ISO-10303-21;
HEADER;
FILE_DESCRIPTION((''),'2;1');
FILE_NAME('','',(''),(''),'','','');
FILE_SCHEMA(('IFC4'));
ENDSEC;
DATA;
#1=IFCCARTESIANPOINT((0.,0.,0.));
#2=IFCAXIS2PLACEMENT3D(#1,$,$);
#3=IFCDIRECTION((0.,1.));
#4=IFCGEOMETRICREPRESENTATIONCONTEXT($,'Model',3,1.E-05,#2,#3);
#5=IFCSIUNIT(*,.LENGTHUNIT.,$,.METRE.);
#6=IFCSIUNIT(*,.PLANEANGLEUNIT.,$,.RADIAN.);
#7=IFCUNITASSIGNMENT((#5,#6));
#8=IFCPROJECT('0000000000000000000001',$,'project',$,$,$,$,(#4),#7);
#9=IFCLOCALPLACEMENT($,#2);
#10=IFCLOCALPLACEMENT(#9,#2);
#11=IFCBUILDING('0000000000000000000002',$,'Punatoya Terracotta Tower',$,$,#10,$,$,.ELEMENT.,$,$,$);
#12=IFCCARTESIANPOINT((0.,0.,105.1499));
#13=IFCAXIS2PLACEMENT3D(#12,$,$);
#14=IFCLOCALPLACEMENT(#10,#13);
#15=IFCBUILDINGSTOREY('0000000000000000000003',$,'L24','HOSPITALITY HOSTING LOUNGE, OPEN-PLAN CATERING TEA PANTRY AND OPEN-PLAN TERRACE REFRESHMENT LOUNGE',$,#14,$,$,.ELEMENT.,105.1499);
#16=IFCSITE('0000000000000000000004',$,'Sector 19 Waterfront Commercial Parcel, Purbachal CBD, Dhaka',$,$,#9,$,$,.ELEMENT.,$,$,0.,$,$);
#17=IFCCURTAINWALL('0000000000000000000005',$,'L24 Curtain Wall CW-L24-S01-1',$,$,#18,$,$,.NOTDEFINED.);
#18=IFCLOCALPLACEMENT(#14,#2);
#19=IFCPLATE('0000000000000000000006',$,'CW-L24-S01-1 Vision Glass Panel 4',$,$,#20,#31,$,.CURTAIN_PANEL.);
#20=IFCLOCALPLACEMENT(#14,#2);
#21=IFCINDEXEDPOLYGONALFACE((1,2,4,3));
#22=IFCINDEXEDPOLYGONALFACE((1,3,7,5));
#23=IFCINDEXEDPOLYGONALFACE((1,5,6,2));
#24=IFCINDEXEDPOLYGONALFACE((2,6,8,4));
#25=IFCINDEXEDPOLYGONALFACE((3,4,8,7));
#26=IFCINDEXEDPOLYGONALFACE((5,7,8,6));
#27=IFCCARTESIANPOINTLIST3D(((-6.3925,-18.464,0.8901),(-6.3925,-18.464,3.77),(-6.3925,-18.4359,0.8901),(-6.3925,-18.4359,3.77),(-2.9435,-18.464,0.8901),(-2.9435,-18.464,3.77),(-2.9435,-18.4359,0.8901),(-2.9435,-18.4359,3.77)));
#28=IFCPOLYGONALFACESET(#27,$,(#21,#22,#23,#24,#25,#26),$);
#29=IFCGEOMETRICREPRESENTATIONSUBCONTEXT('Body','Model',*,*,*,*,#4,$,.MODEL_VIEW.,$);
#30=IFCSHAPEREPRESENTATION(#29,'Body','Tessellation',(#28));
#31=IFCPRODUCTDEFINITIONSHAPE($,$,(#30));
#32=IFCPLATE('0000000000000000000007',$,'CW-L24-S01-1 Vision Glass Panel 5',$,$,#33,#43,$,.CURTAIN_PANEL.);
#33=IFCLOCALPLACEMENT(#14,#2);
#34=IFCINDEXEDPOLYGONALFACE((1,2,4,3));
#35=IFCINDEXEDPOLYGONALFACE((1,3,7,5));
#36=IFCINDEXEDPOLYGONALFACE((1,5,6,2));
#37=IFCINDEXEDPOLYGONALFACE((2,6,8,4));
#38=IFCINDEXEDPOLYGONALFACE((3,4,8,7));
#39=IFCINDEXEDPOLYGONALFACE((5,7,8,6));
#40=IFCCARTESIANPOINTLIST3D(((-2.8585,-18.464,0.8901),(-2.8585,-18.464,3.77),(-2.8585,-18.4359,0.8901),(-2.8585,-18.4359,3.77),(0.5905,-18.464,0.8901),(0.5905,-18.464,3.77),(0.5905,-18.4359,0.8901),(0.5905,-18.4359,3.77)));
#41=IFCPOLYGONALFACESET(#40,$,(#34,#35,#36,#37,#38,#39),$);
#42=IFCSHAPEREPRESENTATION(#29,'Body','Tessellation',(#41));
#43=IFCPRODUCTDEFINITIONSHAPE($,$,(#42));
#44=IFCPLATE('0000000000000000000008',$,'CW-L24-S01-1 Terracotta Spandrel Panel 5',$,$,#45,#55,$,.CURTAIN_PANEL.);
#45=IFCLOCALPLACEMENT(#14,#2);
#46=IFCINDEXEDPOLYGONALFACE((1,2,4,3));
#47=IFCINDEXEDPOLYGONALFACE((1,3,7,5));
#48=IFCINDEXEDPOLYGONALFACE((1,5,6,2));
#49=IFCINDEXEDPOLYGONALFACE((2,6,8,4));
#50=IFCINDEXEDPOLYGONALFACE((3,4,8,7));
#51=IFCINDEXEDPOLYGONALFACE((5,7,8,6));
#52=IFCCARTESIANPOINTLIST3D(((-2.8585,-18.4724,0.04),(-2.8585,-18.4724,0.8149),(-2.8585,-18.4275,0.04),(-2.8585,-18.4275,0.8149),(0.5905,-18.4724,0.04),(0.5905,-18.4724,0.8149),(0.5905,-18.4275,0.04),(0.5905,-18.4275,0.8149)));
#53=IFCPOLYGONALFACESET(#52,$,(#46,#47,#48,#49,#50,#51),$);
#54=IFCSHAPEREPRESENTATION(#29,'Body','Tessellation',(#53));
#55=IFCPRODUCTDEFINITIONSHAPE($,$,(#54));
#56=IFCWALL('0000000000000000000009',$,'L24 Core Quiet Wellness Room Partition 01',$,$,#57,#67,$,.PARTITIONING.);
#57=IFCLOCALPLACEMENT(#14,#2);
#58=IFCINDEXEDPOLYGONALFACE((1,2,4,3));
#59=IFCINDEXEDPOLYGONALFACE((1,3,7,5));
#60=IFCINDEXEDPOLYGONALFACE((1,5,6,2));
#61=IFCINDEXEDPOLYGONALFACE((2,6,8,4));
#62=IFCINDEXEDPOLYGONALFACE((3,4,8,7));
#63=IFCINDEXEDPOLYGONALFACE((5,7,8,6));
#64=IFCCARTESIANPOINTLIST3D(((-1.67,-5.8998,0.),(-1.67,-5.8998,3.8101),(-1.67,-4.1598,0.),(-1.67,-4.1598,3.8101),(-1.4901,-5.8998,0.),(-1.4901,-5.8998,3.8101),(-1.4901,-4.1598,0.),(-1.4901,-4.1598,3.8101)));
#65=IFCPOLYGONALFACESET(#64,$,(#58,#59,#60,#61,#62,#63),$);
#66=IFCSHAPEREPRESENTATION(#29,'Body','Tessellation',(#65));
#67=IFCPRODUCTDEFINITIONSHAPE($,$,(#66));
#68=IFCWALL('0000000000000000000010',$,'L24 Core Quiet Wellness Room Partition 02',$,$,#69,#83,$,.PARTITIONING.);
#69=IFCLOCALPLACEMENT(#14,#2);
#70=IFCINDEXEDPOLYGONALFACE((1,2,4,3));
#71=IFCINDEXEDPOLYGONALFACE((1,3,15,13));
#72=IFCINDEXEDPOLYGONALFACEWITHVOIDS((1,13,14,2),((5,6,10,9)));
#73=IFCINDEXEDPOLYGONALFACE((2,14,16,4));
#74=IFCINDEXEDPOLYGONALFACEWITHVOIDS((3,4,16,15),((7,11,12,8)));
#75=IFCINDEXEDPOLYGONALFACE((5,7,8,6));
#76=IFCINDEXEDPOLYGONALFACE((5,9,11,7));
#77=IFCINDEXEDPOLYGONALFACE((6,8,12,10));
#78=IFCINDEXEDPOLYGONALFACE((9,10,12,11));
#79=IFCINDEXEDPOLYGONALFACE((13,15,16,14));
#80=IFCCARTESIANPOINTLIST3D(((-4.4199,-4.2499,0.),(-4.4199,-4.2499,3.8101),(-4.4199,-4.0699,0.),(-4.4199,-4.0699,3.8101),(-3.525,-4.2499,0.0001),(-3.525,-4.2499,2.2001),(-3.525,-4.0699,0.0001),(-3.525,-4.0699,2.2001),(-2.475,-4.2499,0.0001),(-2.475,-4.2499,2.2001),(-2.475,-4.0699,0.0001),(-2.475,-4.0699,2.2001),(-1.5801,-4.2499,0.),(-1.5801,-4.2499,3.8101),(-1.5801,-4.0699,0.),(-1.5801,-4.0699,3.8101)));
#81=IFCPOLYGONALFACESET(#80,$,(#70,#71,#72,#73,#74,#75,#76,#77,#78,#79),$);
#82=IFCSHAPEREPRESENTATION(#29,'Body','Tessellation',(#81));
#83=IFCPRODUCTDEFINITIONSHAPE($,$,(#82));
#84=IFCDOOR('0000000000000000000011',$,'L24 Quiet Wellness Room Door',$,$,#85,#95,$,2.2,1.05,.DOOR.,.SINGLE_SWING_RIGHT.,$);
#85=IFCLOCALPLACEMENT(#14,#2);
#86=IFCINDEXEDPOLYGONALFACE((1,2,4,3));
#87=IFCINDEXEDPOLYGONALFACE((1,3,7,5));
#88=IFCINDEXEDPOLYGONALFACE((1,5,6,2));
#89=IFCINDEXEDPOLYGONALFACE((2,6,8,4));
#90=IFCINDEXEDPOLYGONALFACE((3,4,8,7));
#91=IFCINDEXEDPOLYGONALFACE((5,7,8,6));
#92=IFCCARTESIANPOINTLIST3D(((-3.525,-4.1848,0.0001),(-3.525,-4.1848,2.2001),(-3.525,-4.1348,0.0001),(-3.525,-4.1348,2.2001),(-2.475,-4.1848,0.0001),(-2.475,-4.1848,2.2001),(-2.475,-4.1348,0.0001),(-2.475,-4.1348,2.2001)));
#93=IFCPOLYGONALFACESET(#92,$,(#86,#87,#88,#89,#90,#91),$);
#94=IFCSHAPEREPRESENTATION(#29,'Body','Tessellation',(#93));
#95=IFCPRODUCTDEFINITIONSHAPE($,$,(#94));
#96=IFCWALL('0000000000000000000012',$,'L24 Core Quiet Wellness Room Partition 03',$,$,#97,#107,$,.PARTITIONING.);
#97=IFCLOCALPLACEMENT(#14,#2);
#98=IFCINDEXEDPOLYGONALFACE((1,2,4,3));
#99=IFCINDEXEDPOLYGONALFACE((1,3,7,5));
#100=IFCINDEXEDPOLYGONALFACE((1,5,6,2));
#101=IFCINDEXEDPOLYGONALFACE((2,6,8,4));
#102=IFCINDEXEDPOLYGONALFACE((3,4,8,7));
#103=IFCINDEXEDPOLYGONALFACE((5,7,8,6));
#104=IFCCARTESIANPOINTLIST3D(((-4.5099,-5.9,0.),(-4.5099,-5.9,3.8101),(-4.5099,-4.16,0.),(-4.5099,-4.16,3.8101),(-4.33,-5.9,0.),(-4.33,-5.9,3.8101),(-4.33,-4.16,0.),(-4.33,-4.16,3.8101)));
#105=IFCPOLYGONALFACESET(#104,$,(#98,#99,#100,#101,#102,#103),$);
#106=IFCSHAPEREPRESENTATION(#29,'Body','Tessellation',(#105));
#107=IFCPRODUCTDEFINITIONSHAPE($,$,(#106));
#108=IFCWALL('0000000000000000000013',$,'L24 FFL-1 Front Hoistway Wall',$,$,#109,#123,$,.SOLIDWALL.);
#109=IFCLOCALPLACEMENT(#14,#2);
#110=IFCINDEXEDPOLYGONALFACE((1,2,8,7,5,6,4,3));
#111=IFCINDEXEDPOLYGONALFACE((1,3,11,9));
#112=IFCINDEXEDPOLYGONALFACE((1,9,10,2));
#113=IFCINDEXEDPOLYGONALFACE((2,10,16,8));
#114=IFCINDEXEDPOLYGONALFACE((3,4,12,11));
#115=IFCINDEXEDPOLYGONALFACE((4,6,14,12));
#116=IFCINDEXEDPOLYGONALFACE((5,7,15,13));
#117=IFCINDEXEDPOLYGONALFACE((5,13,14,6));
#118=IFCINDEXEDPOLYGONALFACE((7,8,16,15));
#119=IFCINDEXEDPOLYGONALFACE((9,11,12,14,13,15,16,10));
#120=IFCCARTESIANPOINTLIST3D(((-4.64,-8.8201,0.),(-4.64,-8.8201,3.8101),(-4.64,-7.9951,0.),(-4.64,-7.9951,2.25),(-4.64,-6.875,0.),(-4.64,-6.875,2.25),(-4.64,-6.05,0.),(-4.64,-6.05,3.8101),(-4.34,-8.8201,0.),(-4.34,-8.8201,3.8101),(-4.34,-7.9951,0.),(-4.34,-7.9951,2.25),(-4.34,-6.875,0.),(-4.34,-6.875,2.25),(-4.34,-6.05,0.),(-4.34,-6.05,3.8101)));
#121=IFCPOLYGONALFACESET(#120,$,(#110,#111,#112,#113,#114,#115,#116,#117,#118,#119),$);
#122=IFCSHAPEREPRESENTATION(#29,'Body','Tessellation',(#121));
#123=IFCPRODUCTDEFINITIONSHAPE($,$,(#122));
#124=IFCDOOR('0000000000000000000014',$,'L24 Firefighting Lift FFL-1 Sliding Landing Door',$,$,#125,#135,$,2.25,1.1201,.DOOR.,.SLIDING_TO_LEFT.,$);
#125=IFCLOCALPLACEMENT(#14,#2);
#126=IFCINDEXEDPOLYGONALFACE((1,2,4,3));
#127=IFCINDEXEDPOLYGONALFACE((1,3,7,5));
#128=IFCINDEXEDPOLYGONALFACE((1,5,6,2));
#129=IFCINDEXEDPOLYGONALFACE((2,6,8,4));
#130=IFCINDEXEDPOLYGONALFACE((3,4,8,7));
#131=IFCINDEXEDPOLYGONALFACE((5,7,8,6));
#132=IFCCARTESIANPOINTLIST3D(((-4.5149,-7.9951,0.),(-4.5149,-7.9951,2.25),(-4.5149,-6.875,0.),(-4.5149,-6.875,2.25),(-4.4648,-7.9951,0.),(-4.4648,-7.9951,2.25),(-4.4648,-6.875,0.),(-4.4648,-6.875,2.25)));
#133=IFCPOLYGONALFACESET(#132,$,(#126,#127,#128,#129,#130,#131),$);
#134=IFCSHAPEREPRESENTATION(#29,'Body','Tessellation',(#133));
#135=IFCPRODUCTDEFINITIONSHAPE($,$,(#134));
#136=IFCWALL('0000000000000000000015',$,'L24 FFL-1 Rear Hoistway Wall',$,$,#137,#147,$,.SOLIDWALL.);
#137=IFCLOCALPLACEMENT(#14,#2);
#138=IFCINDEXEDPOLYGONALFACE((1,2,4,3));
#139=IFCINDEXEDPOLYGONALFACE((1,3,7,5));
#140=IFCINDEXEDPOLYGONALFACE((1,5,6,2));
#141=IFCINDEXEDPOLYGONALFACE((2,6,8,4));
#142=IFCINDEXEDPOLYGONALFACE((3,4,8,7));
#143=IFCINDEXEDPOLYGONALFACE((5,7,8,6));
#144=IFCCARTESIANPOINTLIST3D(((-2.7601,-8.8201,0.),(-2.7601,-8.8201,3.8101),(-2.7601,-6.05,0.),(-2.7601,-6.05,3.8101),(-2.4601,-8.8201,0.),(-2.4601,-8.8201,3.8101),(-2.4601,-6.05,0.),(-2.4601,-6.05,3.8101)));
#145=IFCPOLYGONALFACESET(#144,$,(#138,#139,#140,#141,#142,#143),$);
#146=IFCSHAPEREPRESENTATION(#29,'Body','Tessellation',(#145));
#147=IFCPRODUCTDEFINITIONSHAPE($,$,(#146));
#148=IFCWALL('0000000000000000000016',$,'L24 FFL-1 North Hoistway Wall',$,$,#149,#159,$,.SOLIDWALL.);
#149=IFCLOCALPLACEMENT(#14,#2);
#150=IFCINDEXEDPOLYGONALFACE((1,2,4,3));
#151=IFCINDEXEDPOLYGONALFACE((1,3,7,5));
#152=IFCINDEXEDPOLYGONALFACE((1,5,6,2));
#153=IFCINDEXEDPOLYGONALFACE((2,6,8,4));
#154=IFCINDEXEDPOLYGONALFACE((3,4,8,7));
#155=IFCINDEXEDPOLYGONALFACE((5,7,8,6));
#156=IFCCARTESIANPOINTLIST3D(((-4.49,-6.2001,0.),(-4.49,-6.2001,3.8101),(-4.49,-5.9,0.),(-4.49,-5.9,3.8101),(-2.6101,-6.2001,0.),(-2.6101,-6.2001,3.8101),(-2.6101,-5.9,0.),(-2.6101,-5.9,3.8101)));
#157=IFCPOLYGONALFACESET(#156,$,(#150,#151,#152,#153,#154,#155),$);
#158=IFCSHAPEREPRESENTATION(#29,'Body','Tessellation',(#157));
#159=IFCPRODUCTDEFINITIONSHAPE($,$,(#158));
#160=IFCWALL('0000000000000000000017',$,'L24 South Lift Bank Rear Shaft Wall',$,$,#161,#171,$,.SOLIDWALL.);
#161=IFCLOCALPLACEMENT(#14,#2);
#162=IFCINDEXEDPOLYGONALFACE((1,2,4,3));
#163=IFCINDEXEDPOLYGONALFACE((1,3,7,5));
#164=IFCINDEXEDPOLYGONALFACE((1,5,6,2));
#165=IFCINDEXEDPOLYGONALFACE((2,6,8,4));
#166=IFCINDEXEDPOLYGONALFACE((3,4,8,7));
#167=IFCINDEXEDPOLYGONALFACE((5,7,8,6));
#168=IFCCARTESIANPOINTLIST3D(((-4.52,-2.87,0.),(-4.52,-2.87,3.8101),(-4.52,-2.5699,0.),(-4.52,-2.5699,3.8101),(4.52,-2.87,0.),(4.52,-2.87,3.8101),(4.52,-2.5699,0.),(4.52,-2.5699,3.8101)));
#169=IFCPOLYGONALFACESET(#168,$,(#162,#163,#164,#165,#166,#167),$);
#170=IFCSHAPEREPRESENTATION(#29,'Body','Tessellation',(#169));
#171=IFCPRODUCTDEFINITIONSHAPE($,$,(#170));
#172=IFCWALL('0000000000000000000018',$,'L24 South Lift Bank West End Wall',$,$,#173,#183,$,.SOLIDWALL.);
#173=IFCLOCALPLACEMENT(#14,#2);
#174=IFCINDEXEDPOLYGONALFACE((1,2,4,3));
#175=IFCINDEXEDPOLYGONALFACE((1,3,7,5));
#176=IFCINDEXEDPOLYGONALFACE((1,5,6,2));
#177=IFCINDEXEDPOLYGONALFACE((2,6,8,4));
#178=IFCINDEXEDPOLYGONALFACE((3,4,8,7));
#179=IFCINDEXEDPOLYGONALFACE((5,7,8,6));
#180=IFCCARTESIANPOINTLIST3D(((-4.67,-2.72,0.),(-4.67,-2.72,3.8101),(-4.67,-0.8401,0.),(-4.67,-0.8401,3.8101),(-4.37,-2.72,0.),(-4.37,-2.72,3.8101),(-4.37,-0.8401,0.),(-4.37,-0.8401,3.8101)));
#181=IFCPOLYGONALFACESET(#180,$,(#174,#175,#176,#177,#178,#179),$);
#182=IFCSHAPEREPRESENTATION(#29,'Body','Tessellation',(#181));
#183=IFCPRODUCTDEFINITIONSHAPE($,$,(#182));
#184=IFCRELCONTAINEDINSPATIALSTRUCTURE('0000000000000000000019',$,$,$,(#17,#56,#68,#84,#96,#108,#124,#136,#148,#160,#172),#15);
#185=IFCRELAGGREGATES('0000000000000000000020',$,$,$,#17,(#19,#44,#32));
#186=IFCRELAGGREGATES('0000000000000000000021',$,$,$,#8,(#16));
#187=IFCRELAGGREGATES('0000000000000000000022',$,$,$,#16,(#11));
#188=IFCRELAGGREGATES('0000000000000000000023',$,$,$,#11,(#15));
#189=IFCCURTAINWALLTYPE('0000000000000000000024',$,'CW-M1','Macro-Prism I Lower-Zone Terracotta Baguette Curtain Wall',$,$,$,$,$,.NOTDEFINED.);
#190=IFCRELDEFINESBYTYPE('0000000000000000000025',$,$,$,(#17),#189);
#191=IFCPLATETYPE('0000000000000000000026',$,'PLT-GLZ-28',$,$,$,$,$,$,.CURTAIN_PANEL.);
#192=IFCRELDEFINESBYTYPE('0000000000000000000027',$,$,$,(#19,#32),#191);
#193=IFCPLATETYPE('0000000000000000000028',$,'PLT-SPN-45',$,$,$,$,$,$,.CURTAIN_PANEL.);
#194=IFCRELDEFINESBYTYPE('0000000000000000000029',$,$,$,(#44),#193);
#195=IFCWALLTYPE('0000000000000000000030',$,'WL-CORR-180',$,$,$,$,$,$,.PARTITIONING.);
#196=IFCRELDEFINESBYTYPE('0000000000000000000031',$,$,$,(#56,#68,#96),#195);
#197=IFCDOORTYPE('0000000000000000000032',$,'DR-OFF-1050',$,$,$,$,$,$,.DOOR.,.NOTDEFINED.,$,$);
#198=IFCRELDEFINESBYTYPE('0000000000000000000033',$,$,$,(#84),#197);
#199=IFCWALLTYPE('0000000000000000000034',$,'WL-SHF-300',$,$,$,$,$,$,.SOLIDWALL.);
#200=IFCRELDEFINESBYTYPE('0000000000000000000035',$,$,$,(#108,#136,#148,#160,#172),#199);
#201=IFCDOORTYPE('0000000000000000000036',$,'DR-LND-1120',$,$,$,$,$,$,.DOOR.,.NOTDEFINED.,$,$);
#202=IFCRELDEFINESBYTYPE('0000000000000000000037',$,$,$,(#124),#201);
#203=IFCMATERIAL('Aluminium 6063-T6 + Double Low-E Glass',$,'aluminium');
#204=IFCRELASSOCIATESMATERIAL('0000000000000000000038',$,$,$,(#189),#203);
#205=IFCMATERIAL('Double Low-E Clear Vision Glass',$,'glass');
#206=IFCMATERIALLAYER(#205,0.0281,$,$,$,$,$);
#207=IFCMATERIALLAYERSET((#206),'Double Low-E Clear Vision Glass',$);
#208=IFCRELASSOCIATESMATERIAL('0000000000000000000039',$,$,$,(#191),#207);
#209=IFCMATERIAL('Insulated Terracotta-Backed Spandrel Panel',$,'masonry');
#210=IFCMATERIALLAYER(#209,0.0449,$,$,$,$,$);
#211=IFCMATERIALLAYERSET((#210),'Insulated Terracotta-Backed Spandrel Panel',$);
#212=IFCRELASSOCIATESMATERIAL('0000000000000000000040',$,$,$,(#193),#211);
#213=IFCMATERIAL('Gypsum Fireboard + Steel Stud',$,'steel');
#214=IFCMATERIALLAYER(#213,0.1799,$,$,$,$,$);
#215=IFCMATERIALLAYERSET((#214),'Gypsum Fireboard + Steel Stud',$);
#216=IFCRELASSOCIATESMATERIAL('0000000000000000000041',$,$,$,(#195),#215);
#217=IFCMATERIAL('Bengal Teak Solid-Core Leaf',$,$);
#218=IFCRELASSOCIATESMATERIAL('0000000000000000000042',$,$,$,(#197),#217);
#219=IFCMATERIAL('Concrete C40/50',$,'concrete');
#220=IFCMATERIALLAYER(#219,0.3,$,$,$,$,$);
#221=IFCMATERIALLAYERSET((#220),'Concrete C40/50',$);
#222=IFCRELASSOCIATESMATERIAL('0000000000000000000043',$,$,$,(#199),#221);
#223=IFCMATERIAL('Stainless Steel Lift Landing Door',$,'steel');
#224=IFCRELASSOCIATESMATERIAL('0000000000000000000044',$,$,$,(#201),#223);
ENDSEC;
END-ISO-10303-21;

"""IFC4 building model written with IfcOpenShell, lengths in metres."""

from ifc_helpers import new_model, si_unit, direction, frame, frame_2d, origin, origin_2d, place, context, subcontext, project, spatial, rectangle, extrude, material, layer, layer_set, type_object, element, fill, aggregate, save


model = new_model("IFC4")

# Units and contexts
model_context = context("Model", 3, precision=1e-05, world=origin(), true_north=direction((0.0, 1.0)))
body_context = subcontext(model_context, "Body", "Model", "MODEL_VIEW")
ifc_project = project(units=[si_unit("LENGTHUNIT", "METRE"), si_unit("PLANEANGLEUNIT", "RADIAN")], contexts=[model_context])

# Site, building, storey
site_placement = place(None, origin())
site = spatial("IfcSite", under=ifc_project, at=site_placement, Name="Sector 19 Waterfront Commercial Parcel, Purbachal CBD, Dhaka", CompositionType="ELEMENT", RefElevation=0.0)
building_placement = place(site_placement, origin())
building = spatial("IfcBuilding", under=site, at=building_placement, Name="Punatoya Terracotta Tower", CompositionType="ELEMENT")
storey_placement = place(building_placement, frame((0.0, 0.0, 105.1499)))
storey = spatial("IfcBuildingStorey", under=building, at=storey_placement, Name="L24", Description="HOSPITALITY HOSTING LOUNGE, OPEN-PLAN CATERING TEA PANTRY AND OPEN-PLAN TERRACE REFRESHMENT LOUNGE", CompositionType="ELEMENT", Elevation=105.1499)

# Curtain wall
ifc_material_1 = material(Name="Aluminium 6063-T6 + Double Low-E Glass", Category="aluminium")
curtain_wall_type = type_object("IfcCurtainWallType", Name="CW-M1", Description="Macro-Prism I Lower-Zone Terracotta Baguette Curtain Wall", PredefinedType="NOTDEFINED", material=ifc_material_1)
curtain_wall_placement = place(storey_placement, origin())
curtain_wall = element("IfcCurtainWall", 1, at=curtain_wall_placement, inside=storey, type_object=curtain_wall_type, Name="L24 Curtain Wall CW-L24-S01-1", PredefinedType="NOTDEFINED")

# Plates
ifc_material_2 = material(Name="Double Low-E Clear Vision Glass", Category="glass")
ifc_layer_1 = layer(ifc_material_2, 0.0281)
ifc_layer_set_1 = layer_set([ifc_layer_1], Name="Double Low-E Clear Vision Glass")
plate_type_1 = type_object("IfcPlateType", Name="PLT-GLZ-28", PredefinedType="CURTAIN_PANEL", material=ifc_layer_set_1)
plate_1_placement = place(storey_placement, frame((-4.668, -18.45, 0.8901), z_axis=(0.0, 0.0, 1.0), x_axis=(1.0, 0.0, 0.0)))
plate_1 = element("IfcPlate", 2, at=plate_1_placement, type_object=plate_type_1, Name="CW-L24-S01-1 Vision Glass Panel 4", PredefinedType="CURTAIN_PANEL", context=body_context, shape_type="SweptSolid", body=[
    extrude(rectangle(XDim=3.449, YDim=0.0281, at=origin_2d()), origin(), (0.0, 0.0, 1.0), 2.8799),
])
plate_2_placement = place(storey_placement, frame((-1.134, -18.45, 0.8901), z_axis=(0.0, 0.0, 1.0), x_axis=(1.0, 0.0, 0.0)))
plate_2 = element("IfcPlate", 3, at=plate_2_placement, type_object=plate_type_1, Name="CW-L24-S01-1 Vision Glass Panel 5", PredefinedType="CURTAIN_PANEL", context=body_context, shape_type="SweptSolid", body=[
    extrude(rectangle(XDim=3.449, YDim=0.0281, at=origin_2d()), origin(), (0.0, 0.0, 1.0), 2.8799),
])
ifc_material_3 = material(Name="Insulated Terracotta-Backed Spandrel Panel", Category="masonry")
ifc_layer_2 = layer(ifc_material_3, 0.0449)
ifc_layer_set_2 = layer_set([ifc_layer_2], Name="Insulated Terracotta-Backed Spandrel Panel")
plate_type_2 = type_object("IfcPlateType", Name="PLT-SPN-45", PredefinedType="CURTAIN_PANEL", material=ifc_layer_set_2)
plate_3_placement = place(storey_placement, frame((-1.134, -18.45, 0.04), z_axis=(0.0, 0.0, 1.0), x_axis=(1.0, 0.0, 0.0)))
plate_3 = element("IfcPlate", 4, at=plate_3_placement, type_object=plate_type_2, Name="CW-L24-S01-1 Terracotta Spandrel Panel 5", PredefinedType="CURTAIN_PANEL", context=body_context, shape_type="SweptSolid", body=[
    extrude(rectangle(XDim=3.449, YDim=0.0449, at=origin_2d()), origin(), (0.0, 0.0, 1.0), 0.7749),
])
aggregate(curtain_wall, [plate_1, plate_3, plate_2])

# Wall
ifc_material_4 = material(Name="Gypsum Fireboard + Steel Stud", Category="steel")
ifc_layer_3 = layer(ifc_material_4, 0.1799)
ifc_layer_set_3 = layer_set([ifc_layer_3], Name="Gypsum Fireboard + Steel Stud")
wall_type_1 = type_object("IfcWallType", Name="WL-CORR-180", PredefinedType="PARTITIONING", material=ifc_layer_set_3)
wall_1_placement = place(storey_placement, frame((-1.5801, -5.8999, 0.0), z_axis=(0.0, 0.0, 1.0), x_axis=(0.0, 1.0, 0.0)))
element("IfcWall", 5, at=wall_1_placement, inside=storey, type_object=wall_type_1, Name="L24 Core Quiet Wellness Room Partition 01", PredefinedType="PARTITIONING", context=body_context, shape_type="SweptSolid", body=[
    extrude(rectangle(XDim=1.74, YDim=0.1799, at=frame_2d((0.8701, 0.0))), origin(), (0.0, 0.0, 1.0), 3.8101),
])

# Wall, opening, door
wall_2_placement = place(storey_placement, frame((-1.5801, -4.1599, 0.0), z_axis=(0.0, 0.0, 1.0), x_axis=(-1.0, 0.0, 0.0)))
wall_2 = element("IfcWall", 6, at=wall_2_placement, inside=storey, type_object=wall_type_1, Name="L24 Core Quiet Wellness Room Partition 02", PredefinedType="PARTITIONING", context=body_context, shape_type="SweptSolid", body=[
    extrude(rectangle(XDim=2.8398, YDim=0.1799, at=frame_2d((1.4199, 0.0))), origin(), (0.0, 0.0, 1.0), 3.8101),
])
opening_1_placement = place(wall_2_placement, frame((0.895, 0.0, 0.0)))
opening_1 = element("IfcOpeningElement", 7, at=opening_1_placement, cuts=wall_2, PredefinedType="OPENING", context=body_context, shape_type="SweptSolid", body=[
    extrude(rectangle(XDim=1.05, YDim=2.2, at=frame_2d((0.5249, 1.1001))), frame((0.0, 0.0999, 0.0), z_axis=(0.0, -1.0, 0.0), x_axis=(1.0, 0.0, 0.0)), (0.0, 0.0, 1.0), 0.2),
])
ifc_material_5 = material(Name="Bengal Teak Solid-Core Leaf")
door_type_1 = type_object("IfcDoorType", Name="DR-OFF-1050", OperationType="NOTDEFINED", PredefinedType="DOOR", material=ifc_material_5)
door_1_placement = place(opening_1_placement, origin())
door_1 = element("IfcDoor", 8, at=door_1_placement, inside=storey, type_object=door_type_1, Name="L24 Quiet Wellness Room Door", OperationType="SINGLE_SWING_RIGHT", OverallHeight=2.2, OverallWidth=1.05, PredefinedType="DOOR", context=body_context, shape_type="SweptSolid", body=[
    extrude(rectangle(XDim=1.05, YDim=2.2, at=frame_2d((0.5249, 1.1001))), frame((0.0, 0.0249, 0.0), z_axis=(0.0, -1.0, 0.0), x_axis=(1.0, 0.0, 0.0)), (0.0, 0.0, 1.0), 0.05),
])
fill(opening_1, door_1)

# Wall
wall_3_placement = place(storey_placement, frame((-4.4199, -4.1599, 0.0), z_axis=(0.0, 0.0, 1.0), x_axis=(0.0, -1.0, 0.0)))
element("IfcWall", 9, at=wall_3_placement, inside=storey, type_object=wall_type_1, Name="L24 Core Quiet Wellness Room Partition 03", PredefinedType="PARTITIONING", context=body_context, shape_type="SweptSolid", body=[
    extrude(rectangle(XDim=1.74, YDim=0.1799, at=frame_2d((0.8701, 0.0))), origin(), (0.0, 0.0, 1.0), 3.8101),
])

# Wall, opening, door
ifc_material_6 = material(Name="Concrete C40/50", Category="concrete")
ifc_layer_4 = layer(ifc_material_6, 0.3)
ifc_layer_set_4 = layer_set([ifc_layer_4], Name="Concrete C40/50")
wall_type_2 = type_object("IfcWallType", Name="WL-SHF-300", PredefinedType="SOLIDWALL", material=ifc_layer_set_4)
wall_4_placement = place(storey_placement, frame((-4.49, -8.8201, 0.0), z_axis=(0.0, 0.0, 1.0), x_axis=(0.0, 1.0, 0.0)))
wall_4 = element("IfcWall", 10, at=wall_4_placement, inside=storey, type_object=wall_type_2, Name="L24 FFL-1 Front Hoistway Wall", PredefinedType="SOLIDWALL", context=body_context, shape_type="SweptSolid", body=[
    extrude(rectangle(XDim=2.77, YDim=0.3, at=frame_2d((1.385, 0.0))), origin(), (0.0, 0.0, 1.0), 3.8101),
])
opening_2_placement = place(wall_4_placement, frame((0.825, 0.0, 0.0)))
opening_2 = element("IfcOpeningElement", 11, at=opening_2_placement, cuts=wall_4, PredefinedType="OPENING", context=body_context, shape_type="SweptSolid", body=[
    extrude(rectangle(XDim=1.1201, YDim=2.25, at=frame_2d((0.5601, 1.125))), frame((0.0, 0.1599, 0.0), z_axis=(0.0, -1.0, 0.0), x_axis=(1.0, 0.0, 0.0)), (0.0, 0.0, 1.0), 0.3201),
])
ifc_material_7 = material(Name="Stainless Steel Lift Landing Door", Category="steel")
door_type_2 = type_object("IfcDoorType", Name="DR-LND-1120", OperationType="NOTDEFINED", PredefinedType="DOOR", material=ifc_material_7)
door_2_placement = place(opening_2_placement, origin())
door_2 = element("IfcDoor", 12, at=door_2_placement, inside=storey, type_object=door_type_2, Name="L24 Firefighting Lift FFL-1 Sliding Landing Door", OperationType="SLIDING_TO_LEFT", OverallHeight=2.25, OverallWidth=1.1201, PredefinedType="DOOR", context=body_context, shape_type="SweptSolid", body=[
    extrude(rectangle(XDim=1.1201, YDim=2.25, at=frame_2d((0.5601, 1.125))), frame((0.0, 0.0249, 0.0), z_axis=(0.0, -1.0, 0.0), x_axis=(1.0, 0.0, 0.0)), (0.0, 0.0, 1.0), 0.05),
])
fill(opening_2, door_2)

# Walls
wall_5_placement = place(storey_placement, frame((-2.6101, -8.8201, 0.0), z_axis=(0.0, 0.0, 1.0), x_axis=(0.0, 1.0, 0.0)))
element("IfcWall", 13, at=wall_5_placement, inside=storey, type_object=wall_type_2, Name="L24 FFL-1 Rear Hoistway Wall", PredefinedType="SOLIDWALL", context=body_context, shape_type="SweptSolid", body=[
    extrude(rectangle(XDim=2.77, YDim=0.3, at=frame_2d((1.385, 0.0))), origin(), (0.0, 0.0, 1.0), 3.8101),
])
wall_6_placement = place(storey_placement, frame((-4.49, -6.05, 0.0), z_axis=(0.0, 0.0, 1.0), x_axis=(1.0, 0.0, 0.0)))
element("IfcWall", 14, at=wall_6_placement, inside=storey, type_object=wall_type_2, Name="L24 FFL-1 North Hoistway Wall", PredefinedType="SOLIDWALL", context=body_context, shape_type="SweptSolid", body=[
    extrude(rectangle(XDim=1.8799, YDim=0.3, at=frame_2d((0.9399, 0.0))), origin(), (0.0, 0.0, 1.0), 3.8101),
])
wall_7_placement = place(storey_placement, frame((-4.52, -2.72, 0.0), z_axis=(0.0, 0.0, 1.0), x_axis=(1.0, 0.0, 0.0)))
element("IfcWall", 15, at=wall_7_placement, inside=storey, type_object=wall_type_2, Name="L24 South Lift Bank Rear Shaft Wall", PredefinedType="SOLIDWALL", context=body_context, shape_type="SweptSolid", body=[
    extrude(rectangle(XDim=9.04, YDim=0.3, at=frame_2d((4.52, 0.0))), origin(), (0.0, 0.0, 1.0), 3.8101),
])
wall_8_placement = place(storey_placement, frame((-4.52, -2.72, 0.0), z_axis=(0.0, 0.0, 1.0), x_axis=(0.0, 1.0, 0.0)))
element("IfcWall", 16, at=wall_8_placement, inside=storey, type_object=wall_type_2, Name="L24 South Lift Bank West End Wall", PredefinedType="SOLIDWALL", context=body_context, shape_type="SweptSolid", body=[
    extrude(rectangle(XDim=1.8799, YDim=0.3, at=frame_2d((0.9399, 0.0))), origin(), (0.0, 0.0, 1.0), 3.8101),
])

save(model, "model.ifc")
